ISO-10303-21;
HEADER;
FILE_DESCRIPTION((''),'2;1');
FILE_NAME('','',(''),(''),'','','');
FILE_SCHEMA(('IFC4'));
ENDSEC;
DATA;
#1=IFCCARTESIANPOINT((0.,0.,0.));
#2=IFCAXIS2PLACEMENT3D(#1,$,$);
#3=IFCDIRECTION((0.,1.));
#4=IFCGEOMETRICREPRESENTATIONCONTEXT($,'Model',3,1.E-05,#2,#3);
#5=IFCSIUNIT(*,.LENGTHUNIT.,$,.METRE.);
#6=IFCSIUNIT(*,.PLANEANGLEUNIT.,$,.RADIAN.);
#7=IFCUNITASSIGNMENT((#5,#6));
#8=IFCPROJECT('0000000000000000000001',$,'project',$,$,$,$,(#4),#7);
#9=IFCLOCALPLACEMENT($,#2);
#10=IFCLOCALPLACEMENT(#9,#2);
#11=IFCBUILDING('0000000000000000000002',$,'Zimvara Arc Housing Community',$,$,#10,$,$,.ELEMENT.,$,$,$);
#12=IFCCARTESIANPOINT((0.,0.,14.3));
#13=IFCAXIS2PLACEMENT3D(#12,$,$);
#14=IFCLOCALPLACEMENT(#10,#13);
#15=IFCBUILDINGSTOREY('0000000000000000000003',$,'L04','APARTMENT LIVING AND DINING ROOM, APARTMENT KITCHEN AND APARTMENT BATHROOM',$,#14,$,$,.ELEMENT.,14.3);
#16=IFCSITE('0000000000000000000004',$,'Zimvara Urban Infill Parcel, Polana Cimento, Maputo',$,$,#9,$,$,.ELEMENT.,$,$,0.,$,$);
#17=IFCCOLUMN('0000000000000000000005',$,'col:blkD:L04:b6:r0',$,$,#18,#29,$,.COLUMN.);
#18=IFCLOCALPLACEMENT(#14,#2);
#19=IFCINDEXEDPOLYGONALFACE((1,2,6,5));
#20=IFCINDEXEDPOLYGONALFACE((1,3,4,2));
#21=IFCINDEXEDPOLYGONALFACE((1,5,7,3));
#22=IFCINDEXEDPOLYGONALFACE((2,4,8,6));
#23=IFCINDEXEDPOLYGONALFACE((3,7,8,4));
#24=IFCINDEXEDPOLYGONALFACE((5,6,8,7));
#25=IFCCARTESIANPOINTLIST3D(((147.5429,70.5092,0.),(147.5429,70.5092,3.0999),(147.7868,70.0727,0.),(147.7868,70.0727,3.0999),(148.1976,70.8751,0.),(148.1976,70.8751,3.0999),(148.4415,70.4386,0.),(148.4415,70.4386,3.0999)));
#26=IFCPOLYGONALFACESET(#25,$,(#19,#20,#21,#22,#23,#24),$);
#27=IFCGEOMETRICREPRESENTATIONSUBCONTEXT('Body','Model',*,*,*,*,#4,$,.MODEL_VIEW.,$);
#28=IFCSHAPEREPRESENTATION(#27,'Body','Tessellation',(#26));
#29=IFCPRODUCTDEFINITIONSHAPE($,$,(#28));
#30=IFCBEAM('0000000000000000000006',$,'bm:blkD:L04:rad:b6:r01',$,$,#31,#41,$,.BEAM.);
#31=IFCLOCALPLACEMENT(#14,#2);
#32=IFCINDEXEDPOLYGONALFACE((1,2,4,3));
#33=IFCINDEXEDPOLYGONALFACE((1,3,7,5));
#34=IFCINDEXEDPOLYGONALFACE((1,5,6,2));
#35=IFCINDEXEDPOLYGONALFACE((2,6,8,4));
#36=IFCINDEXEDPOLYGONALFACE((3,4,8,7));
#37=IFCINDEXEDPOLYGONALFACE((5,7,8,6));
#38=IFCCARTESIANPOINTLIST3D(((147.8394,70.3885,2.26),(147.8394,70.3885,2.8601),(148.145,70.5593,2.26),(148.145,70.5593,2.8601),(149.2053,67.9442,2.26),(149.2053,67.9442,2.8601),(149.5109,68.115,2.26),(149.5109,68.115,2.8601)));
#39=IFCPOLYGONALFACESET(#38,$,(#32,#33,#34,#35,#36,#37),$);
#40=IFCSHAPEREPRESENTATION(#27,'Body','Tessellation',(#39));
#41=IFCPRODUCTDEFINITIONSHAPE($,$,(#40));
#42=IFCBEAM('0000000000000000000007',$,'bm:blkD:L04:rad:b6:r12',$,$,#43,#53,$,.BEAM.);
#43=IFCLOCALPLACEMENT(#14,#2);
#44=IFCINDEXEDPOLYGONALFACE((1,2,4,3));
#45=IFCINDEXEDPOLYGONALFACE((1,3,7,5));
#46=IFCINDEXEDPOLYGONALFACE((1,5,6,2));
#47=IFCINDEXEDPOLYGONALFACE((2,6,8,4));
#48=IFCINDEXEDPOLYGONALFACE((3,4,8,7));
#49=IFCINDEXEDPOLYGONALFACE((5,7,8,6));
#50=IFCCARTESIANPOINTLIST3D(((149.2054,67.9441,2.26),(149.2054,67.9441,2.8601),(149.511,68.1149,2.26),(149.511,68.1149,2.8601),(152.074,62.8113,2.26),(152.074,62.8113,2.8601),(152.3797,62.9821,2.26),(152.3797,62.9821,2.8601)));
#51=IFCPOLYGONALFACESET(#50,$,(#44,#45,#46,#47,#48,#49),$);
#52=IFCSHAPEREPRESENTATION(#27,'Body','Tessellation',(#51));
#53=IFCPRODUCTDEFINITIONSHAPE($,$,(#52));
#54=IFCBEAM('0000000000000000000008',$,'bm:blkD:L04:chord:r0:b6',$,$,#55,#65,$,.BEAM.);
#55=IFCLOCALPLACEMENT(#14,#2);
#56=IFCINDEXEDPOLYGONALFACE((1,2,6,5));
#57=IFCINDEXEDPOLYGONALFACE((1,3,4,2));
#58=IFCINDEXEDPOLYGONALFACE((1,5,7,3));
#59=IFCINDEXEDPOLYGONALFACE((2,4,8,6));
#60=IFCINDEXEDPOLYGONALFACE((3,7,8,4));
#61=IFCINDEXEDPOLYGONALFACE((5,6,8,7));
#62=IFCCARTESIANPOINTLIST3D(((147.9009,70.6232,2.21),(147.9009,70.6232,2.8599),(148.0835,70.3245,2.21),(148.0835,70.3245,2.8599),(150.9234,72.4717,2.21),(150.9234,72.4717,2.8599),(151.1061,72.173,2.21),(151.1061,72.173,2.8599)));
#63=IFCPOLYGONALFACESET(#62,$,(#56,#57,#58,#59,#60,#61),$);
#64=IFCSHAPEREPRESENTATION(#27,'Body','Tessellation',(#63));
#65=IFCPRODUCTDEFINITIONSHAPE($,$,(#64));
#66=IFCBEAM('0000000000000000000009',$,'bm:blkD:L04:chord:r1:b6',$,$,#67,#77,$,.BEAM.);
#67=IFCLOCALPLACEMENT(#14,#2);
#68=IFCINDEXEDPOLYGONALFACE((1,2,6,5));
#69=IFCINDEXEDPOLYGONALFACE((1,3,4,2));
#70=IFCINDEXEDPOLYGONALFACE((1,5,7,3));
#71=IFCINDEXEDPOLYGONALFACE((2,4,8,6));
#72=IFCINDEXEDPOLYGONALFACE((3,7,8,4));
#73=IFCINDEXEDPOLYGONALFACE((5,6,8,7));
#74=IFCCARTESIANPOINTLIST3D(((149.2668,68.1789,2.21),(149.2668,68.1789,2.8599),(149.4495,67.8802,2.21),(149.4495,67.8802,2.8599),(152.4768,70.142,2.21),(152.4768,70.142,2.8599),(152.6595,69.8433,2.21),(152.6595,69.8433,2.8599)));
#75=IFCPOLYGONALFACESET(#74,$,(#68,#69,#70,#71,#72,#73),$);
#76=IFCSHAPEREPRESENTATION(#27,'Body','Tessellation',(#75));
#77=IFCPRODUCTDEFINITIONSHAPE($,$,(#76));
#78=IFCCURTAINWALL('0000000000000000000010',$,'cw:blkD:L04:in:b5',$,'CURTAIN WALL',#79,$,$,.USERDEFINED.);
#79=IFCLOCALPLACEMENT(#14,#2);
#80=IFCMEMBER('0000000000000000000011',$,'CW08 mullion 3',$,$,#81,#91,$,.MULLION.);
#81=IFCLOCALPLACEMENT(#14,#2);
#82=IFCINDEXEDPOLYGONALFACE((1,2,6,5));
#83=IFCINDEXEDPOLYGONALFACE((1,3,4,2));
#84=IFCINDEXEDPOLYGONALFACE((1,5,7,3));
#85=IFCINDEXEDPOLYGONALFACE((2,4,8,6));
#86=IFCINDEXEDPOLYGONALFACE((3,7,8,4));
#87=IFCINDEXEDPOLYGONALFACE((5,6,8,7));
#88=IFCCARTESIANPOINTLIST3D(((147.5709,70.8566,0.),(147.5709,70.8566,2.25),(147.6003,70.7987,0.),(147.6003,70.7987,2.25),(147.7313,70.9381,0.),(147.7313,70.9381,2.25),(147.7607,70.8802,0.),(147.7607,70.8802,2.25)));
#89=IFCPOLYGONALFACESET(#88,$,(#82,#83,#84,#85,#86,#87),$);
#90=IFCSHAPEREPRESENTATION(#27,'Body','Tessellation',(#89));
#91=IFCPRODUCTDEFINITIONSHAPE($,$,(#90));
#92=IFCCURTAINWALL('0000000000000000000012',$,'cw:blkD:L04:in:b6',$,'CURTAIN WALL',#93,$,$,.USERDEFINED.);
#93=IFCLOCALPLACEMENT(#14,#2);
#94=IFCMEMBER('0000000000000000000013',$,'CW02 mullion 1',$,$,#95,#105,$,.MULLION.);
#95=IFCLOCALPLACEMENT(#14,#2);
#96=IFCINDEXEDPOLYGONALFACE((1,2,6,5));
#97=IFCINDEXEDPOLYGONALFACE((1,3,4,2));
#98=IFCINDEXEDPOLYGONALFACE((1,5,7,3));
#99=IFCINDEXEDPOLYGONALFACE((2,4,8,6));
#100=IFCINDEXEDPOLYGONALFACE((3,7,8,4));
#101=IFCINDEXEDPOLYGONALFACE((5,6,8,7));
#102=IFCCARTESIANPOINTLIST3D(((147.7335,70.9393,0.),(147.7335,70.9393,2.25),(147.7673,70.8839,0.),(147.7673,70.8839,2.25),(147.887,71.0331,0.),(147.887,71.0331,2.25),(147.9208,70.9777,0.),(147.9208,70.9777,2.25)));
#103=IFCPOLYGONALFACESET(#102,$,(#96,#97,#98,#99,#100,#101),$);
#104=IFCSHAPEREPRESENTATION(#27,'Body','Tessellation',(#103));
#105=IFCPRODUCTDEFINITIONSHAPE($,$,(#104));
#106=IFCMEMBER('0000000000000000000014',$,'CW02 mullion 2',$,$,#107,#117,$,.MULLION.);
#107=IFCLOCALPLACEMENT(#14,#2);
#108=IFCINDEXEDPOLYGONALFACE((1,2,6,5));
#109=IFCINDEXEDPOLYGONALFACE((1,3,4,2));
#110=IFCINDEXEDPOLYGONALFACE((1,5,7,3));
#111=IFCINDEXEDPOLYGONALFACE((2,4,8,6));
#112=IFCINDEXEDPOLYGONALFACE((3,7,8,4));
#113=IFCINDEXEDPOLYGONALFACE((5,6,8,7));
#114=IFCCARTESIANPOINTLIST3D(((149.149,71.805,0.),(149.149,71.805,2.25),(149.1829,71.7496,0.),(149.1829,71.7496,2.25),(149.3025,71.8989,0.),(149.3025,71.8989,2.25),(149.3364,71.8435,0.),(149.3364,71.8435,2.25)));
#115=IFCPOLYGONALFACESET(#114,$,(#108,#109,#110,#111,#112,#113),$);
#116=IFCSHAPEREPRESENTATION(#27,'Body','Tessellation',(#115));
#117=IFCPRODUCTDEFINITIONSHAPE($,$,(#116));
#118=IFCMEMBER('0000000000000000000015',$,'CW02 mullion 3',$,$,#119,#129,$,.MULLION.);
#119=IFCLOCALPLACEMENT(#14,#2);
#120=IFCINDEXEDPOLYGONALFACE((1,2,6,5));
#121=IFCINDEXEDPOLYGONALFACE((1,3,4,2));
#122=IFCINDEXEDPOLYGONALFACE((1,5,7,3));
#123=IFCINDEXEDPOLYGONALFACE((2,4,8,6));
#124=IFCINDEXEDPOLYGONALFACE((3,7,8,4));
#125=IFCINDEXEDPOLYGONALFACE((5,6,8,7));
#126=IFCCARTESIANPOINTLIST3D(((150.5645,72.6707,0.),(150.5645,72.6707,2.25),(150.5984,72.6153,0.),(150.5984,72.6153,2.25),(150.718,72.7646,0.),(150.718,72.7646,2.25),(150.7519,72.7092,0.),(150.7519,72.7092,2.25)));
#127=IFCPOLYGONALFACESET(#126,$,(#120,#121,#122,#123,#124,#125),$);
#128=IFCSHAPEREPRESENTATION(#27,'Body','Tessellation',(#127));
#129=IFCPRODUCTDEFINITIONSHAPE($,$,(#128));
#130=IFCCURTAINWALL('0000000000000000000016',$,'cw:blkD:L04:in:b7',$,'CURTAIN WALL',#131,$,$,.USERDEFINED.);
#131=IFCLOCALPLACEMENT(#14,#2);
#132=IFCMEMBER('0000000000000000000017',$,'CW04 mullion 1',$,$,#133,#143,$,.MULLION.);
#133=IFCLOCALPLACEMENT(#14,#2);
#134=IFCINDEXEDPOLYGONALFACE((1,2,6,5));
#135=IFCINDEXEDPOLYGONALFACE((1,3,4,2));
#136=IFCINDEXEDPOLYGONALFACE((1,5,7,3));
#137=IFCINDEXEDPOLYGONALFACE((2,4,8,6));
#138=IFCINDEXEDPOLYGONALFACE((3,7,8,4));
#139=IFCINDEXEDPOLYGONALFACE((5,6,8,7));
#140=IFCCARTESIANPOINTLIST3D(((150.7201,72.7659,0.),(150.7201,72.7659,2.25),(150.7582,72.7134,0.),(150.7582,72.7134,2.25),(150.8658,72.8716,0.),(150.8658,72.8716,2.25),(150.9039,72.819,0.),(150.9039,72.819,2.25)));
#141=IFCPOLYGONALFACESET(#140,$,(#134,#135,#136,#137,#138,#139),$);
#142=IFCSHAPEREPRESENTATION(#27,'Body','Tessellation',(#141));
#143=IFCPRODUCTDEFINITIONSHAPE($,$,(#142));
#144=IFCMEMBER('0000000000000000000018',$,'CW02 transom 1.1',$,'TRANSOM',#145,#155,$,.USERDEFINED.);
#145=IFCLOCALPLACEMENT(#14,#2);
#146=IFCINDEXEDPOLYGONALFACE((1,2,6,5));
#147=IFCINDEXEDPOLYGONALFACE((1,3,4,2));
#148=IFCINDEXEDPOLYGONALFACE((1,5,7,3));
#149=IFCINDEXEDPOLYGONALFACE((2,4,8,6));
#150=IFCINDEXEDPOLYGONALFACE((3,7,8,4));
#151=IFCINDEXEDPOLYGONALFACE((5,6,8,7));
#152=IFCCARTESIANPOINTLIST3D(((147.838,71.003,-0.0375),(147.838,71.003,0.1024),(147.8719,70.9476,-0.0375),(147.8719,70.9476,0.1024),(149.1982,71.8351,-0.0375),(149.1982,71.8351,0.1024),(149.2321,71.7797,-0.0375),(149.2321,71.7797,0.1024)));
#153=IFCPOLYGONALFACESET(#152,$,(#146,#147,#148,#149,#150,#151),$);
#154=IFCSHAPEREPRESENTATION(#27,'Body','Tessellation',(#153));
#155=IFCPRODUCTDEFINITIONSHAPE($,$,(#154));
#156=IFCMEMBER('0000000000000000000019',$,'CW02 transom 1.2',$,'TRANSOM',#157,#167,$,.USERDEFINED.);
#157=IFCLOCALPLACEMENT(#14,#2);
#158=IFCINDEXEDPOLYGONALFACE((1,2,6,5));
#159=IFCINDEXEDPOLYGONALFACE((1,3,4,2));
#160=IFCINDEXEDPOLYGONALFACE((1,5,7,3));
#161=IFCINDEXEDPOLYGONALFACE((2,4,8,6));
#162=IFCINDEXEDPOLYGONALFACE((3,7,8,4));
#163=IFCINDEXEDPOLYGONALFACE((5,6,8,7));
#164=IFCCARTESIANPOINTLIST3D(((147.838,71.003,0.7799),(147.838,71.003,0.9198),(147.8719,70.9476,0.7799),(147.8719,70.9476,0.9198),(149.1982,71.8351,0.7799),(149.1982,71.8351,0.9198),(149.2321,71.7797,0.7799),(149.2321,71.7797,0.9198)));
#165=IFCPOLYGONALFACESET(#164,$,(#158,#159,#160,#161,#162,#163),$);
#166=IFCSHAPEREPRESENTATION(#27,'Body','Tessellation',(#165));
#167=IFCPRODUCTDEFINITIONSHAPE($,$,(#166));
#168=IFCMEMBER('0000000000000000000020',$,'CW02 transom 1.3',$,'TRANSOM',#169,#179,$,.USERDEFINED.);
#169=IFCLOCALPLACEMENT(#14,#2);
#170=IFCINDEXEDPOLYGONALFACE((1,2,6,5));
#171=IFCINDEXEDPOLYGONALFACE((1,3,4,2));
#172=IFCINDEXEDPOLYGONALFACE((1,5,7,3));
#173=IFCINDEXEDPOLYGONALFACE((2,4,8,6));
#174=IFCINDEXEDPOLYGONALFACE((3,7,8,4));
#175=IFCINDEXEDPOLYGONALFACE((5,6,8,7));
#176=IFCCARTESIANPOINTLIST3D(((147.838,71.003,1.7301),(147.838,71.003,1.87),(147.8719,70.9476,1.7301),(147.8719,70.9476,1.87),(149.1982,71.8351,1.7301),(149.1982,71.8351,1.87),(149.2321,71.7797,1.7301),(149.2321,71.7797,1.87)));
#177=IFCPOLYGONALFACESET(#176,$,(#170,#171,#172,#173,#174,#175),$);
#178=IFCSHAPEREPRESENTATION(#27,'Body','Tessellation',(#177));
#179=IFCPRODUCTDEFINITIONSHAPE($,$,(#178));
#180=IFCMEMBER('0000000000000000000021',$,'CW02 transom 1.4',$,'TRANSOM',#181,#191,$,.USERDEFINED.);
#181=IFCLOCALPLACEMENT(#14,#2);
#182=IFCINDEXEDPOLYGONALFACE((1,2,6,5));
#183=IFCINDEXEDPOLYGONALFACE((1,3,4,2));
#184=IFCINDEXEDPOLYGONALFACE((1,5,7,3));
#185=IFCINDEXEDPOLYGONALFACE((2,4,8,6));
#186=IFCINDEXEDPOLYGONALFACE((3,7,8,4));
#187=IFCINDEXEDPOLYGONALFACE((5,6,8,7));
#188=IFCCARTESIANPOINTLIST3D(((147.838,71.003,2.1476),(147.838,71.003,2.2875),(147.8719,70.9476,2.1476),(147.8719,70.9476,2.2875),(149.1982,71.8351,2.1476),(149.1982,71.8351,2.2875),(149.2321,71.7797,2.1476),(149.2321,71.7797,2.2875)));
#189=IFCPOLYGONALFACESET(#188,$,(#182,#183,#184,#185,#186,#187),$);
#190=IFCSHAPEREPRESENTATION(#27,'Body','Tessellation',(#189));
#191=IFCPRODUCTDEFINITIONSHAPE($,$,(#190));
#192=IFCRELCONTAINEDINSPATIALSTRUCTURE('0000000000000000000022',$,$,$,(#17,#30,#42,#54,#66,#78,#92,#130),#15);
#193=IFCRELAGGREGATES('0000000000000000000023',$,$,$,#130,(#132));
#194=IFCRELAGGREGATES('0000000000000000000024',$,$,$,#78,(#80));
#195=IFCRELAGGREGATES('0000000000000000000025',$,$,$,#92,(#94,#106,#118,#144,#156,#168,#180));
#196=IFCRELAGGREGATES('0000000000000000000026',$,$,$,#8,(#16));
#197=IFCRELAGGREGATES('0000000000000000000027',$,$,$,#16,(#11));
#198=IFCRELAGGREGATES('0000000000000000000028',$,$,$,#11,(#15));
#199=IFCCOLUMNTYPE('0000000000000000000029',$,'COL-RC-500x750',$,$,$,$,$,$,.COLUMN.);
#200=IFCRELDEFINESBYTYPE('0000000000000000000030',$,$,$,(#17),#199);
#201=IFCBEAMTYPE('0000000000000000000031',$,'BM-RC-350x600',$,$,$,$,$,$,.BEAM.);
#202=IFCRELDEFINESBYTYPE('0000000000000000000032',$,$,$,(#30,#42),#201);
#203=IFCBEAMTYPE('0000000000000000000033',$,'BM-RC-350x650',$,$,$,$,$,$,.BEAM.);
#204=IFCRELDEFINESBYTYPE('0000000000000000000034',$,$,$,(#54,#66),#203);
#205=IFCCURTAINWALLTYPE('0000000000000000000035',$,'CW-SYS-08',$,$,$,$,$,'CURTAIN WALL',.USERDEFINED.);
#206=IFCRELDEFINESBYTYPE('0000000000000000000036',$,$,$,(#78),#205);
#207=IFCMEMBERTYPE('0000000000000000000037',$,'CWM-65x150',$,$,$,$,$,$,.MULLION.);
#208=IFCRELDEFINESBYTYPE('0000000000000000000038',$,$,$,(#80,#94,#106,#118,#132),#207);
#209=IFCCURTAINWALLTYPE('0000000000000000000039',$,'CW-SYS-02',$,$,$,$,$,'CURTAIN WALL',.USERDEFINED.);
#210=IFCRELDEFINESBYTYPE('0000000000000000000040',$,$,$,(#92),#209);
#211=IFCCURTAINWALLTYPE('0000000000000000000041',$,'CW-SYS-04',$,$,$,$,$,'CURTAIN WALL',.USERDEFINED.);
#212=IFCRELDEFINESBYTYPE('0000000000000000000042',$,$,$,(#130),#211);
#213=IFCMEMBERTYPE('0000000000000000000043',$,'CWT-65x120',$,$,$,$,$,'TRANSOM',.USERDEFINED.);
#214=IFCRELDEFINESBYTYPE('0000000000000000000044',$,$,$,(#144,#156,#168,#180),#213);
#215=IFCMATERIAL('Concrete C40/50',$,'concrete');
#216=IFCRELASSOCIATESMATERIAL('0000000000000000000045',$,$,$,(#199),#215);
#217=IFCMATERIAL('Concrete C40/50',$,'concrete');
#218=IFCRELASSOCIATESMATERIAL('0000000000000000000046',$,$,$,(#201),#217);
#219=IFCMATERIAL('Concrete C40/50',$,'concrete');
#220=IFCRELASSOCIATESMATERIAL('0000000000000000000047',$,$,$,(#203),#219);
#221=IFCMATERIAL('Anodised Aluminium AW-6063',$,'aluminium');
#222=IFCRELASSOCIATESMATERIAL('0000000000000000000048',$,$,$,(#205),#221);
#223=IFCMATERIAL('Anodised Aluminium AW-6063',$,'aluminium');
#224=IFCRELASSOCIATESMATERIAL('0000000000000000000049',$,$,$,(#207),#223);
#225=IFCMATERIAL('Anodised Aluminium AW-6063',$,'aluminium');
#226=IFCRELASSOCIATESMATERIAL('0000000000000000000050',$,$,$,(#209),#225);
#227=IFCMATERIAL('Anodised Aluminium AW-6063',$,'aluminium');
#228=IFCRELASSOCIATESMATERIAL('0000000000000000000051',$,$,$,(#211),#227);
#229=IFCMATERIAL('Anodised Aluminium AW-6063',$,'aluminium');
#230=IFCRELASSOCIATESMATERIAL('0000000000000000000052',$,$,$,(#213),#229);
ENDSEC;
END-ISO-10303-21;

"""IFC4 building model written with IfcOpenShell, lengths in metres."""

from ifc_helpers import new_model, si_unit, direction, frame, origin, origin_2d, place, context, subcontext, project, spatial, rectangle, extrude, material, material_profile, profile_set, type_object, element, aggregate, save


model = new_model("IFC4")

# Units and contexts
model_context = context("Model", 3, precision=1e-05, world=origin(), true_north=direction((0.0, 1.0)))
body_context = subcontext(model_context, "Body", "Model", "MODEL_VIEW")
ifc_project = project(units=[si_unit("LENGTHUNIT", "METRE"), si_unit("PLANEANGLEUNIT", "RADIAN")], contexts=[model_context])

# Site, building, storey
site_placement = place(None, origin())
site = spatial("IfcSite", under=ifc_project, at=site_placement, Name="Zimvara Urban Infill Parcel, Polana Cimento, Maputo", CompositionType="ELEMENT", RefElevation=0.0)
building_placement = place(site_placement, origin())
building = spatial("IfcBuilding", under=site, at=building_placement, Name="Zimvara Arc Housing Community", CompositionType="ELEMENT")
storey_placement = place(building_placement, frame((0.0, 0.0, 14.3)))
storey = spatial("IfcBuildingStorey", under=building, at=storey_placement, Name="L04", Description="APARTMENT LIVING AND DINING ROOM, APARTMENT KITCHEN AND APARTMENT BATHROOM", CompositionType="ELEMENT", Elevation=14.3)

# Column
ifc_material_1 = material(Name="Concrete C40/50", Category="concrete")
ifc_material_profile_1 = material_profile(ifc_material_1, rectangle(XDim=0.5, YDim=0.75, at=origin_2d()), Name="RC 500x750")
ifc_profile_set_1 = profile_set([ifc_material_profile_1], Name="Concrete C40/50")
column_type = type_object("IfcColumnType", Name="COL-RC-500x750", PredefinedType="COLUMN", material=ifc_profile_set_1)
column_placement = place(storey_placement, frame((147.9922, 70.4739, 0.0), z_axis=(0.0, 0.0, 1.0), x_axis=(0.48786, -0.872922, 0.0)))
element("IfcColumn", 1, at=column_placement, inside=storey, type_object=column_type, Name="col:blkD:L04:b6:r0", PredefinedType="COLUMN", context=body_context, shape_type="SweptSolid", body=[
    extrude(rectangle(XDim=0.5, YDim=0.75, at=origin_2d()), origin(), (0.0, 0.0, 1.0), 3.0999),
])

# Beams
ifc_material_2 = material(Name="Concrete C40/50", Category="concrete")
ifc_material_profile_2 = material_profile(ifc_material_2, rectangle(XDim=0.3501, YDim=0.6001, at=origin_2d()), Name="RC 350x600")
ifc_profile_set_2 = profile_set([ifc_material_profile_2], Name="Concrete C40/50")
beam_type_1 = type_object("IfcBeamType", Name="BM-RC-350x600", PredefinedType="BEAM", material=ifc_profile_set_2)
beam_1_placement = place(storey_placement, frame((147.9922, 70.4739, 2.5601), z_axis=(0.487825, -0.872941, 0.0), x_axis=(0.872941, 0.487825, 0.0)))
element("IfcBeam", 2, at=beam_1_placement, inside=storey, type_object=beam_type_1, Name="bm:blkD:L04:rad:b6:r01", PredefinedType="BEAM", context=body_context, shape_type="SweptSolid", body=[
    extrude(rectangle(XDim=0.3501, YDim=0.6001, at=origin_2d()), origin(), (0.0, 0.0, 1.0), 2.8),
])
beam_2_placement = place(storey_placement, frame((149.3582, 68.0295, 2.5601), z_axis=(0.487862, -0.872921, 0.0), x_axis=(0.872921, 0.487862, 0.0)))
element("IfcBeam", 3, at=beam_2_placement, inside=storey, type_object=beam_type_1, Name="bm:blkD:L04:rad:b6:r12", PredefinedType="BEAM", context=body_context, shape_type="SweptSolid", body=[
    extrude(rectangle(XDim=0.3501, YDim=0.6001, at=origin_2d()), origin(), (0.0, 0.0, 1.0), 5.8801),
])
ifc_material_3 = material(Name="Concrete C40/50", Category="concrete")
ifc_material_profile_3 = material_profile(ifc_material_3, rectangle(XDim=0.3501, YDim=0.6499, at=origin_2d()), Name="RC 350x650")
ifc_profile_set_3 = profile_set([ifc_material_profile_3], Name="Concrete C40/50")
beam_type_2 = type_object("IfcBeamType", Name="BM-RC-350x650", PredefinedType="BEAM", material=ifc_profile_set_3)
beam_3_placement = place(storey_placement, frame((147.9922, 70.4739, 2.5349), z_axis=(0.853115, 0.521723, 0.0), x_axis=(-0.521723, 0.853115, 0.0)))
element("IfcBeam", 4, at=beam_3_placement, inside=storey, type_object=beam_type_2, Name="bm:blkD:L04:chord:r0:b6", PredefinedType="BEAM", context=body_context, shape_type="SweptSolid", body=[
    extrude(rectangle(XDim=0.3501, YDim=0.6499, at=origin_2d()), origin(), (0.0, 0.0, 1.0), 3.543),
])
beam_4_placement = place(storey_placement, frame((149.3582, 68.0295, 2.5349), z_axis=(0.853105, 0.521739, 0.0), x_axis=(-0.521739, 0.853105, 0.0)))
element("IfcBeam", 5, at=beam_4_placement, inside=storey, type_object=beam_type_2, Name="bm:blkD:L04:chord:r1:b6", PredefinedType="BEAM", context=body_context, shape_type="SweptSolid", body=[
    extrude(rectangle(XDim=0.3501, YDim=0.6499, at=origin_2d()), origin(), (0.0, 0.0, 1.0), 3.7627),
])

# Curtain wall, member
ifc_material_4 = material(Name="Anodised Aluminium AW-6063", Category="aluminium")
curtain_wall_type_1 = type_object("IfcCurtainWallType", Name="CW-SYS-08", ElementType="CURTAIN WALL", PredefinedType="USERDEFINED", material=ifc_material_4)
curtain_wall_1_placement = place(storey_placement, origin())
curtain_wall_1 = element("IfcCurtainWall", 6, at=curtain_wall_1_placement, inside=storey, type_object=curtain_wall_type_1, Name="cw:blkD:L04:in:b5", ObjectType="CURTAIN WALL", PredefinedType="USERDEFINED")
ifc_material_5 = material(Name="Anodised Aluminium AW-6063", Category="aluminium")
ifc_material_profile_4 = material_profile(ifc_material_5, rectangle(XDim=0.0649, YDim=0.1799, at=origin_2d()), Name="ALU 65x180")
ifc_profile_set_4 = profile_set([ifc_material_profile_4], Name="Anodised Aluminium AW-6063")
member_type_1 = type_object("IfcMemberType", Name="CWM-65x150", PredefinedType="MULLION", material=ifc_profile_set_4)
member_1_placement = place(storey_placement, frame((147.6658, 70.8684, 0.0), z_axis=(0.0, 0.0, 1.0), x_axis=(-0.453211, 0.891403, 0.0)))
member_1 = element("IfcMember", 7, at=member_1_placement, type_object=member_type_1, Name="CW08 mullion 3", PredefinedType="MULLION", context=body_context, shape_type="SweptSolid", body=[
    extrude(rectangle(XDim=0.0649, YDim=0.1799, at=origin_2d()), origin(), (0.0, 0.0, 1.0), 2.25),
])

# Curtain wall, members
ifc_material_6 = material(Name="Anodised Aluminium AW-6063", Category="aluminium")
curtain_wall_type_2 = type_object("IfcCurtainWallType", Name="CW-SYS-02", ElementType="CURTAIN WALL", PredefinedType="USERDEFINED", material=ifc_material_6)
curtain_wall_2_placement = place(storey_placement, origin())
curtain_wall_2 = element("IfcCurtainWall", 8, at=curtain_wall_2_placement, inside=storey, type_object=curtain_wall_type_2, Name="cw:blkD:L04:in:b6", ObjectType="CURTAIN WALL", PredefinedType="USERDEFINED")
member_2_placement = place(storey_placement, frame((147.8271, 70.9585, 0.0), z_axis=(0.0, 0.0, 1.0), x_axis=(-0.521754, 0.853096, 0.0)))
member_2 = element("IfcMember", 9, at=member_2_placement, type_object=member_type_1, Name="CW02 mullion 1", PredefinedType="MULLION", context=body_context, shape_type="SweptSolid", body=[
    extrude(rectangle(XDim=0.0649, YDim=0.1799, at=origin_2d()), origin(), (0.0, 0.0, 1.0), 2.25),
])
member_3_placement = place(storey_placement, frame((149.2427, 71.8242, 0.0), z_axis=(0.0, 0.0, 1.0), x_axis=(-0.521754, 0.853096, 0.0)))
member_3 = element("IfcMember", 10, at=member_3_placement, type_object=member_type_1, Name="CW02 mullion 2", PredefinedType="MULLION", context=body_context, shape_type="SweptSolid", body=[
    extrude(rectangle(XDim=0.0649, YDim=0.1799, at=origin_2d()), origin(), (0.0, 0.0, 1.0), 2.25),
])
member_4_placement = place(storey_placement, frame((150.6582, 72.6899, 0.0), z_axis=(0.0, 0.0, 1.0), x_axis=(-0.521754, 0.853096, 0.0)))
member_4 = element("IfcMember", 11, at=member_4_placement, type_object=member_type_1, Name="CW02 mullion 3", PredefinedType="MULLION", context=body_context, shape_type="SweptSolid", body=[
    extrude(rectangle(XDim=0.0649, YDim=0.1799, at=origin_2d()), origin(), (0.0, 0.0, 1.0), 2.25),
])

# Curtain wall, member
ifc_material_7 = material(Name="Anodised Aluminium AW-6063", Category="aluminium")
curtain_wall_type_3 = type_object("IfcCurtainWallType", Name="CW-SYS-04", ElementType="CURTAIN WALL", PredefinedType="USERDEFINED", material=ifc_material_7)
curtain_wall_3_placement = place(storey_placement, origin())
curtain_wall_3 = element("IfcCurtainWall", 12, at=curtain_wall_3_placement, inside=storey, type_object=curtain_wall_type_3, Name="cw:blkD:L04:in:b7", ObjectType="CURTAIN WALL", PredefinedType="USERDEFINED")
member_5_placement = place(storey_placement, frame((150.812, 72.7925, 0.0), z_axis=(0.0, 0.0, 1.0), x_axis=(-0.587079, 0.809529, 0.0)))
member_5 = element("IfcMember", 13, at=member_5_placement, type_object=member_type_1, Name="CW04 mullion 1", PredefinedType="MULLION", context=body_context, shape_type="SweptSolid", body=[
    extrude(rectangle(XDim=0.0649, YDim=0.1799, at=origin_2d()), origin(), (0.0, 0.0, 1.0), 2.25),
])

# Members
ifc_material_8 = material(Name="Anodised Aluminium AW-6063", Category="aluminium")
ifc_material_profile_5 = material_profile(ifc_material_8, rectangle(XDim=0.0649, YDim=0.1399, at=origin_2d()), Name="ALU 65x140")
ifc_profile_set_5 = profile_set([ifc_material_profile_5], Name="Anodised Aluminium AW-6063")
member_type_2 = type_object("IfcMemberType", Name="CWT-65x120", ElementType="TRANSOM", PredefinedType="USERDEFINED", material=ifc_profile_set_5)
member_6_placement = place(storey_placement, frame((147.855, 70.9753, 0.0325), z_axis=(0.853043, 0.52184, 0.0), x_axis=(-0.52184, 0.853043, 0.0)))
member_6 = element("IfcMember", 14, at=member_6_placement, type_object=member_type_2, Name="CW02 transom 1.1", ObjectType="TRANSOM", PredefinedType="USERDEFINED", context=body_context, shape_type="SweptSolid", body=[
    extrude(rectangle(XDim=0.0649, YDim=0.1399, at=origin_2d()), origin(), (0.0, 0.0, 1.0), 1.5945),
])
member_7_placement = place(storey_placement, frame((147.855, 70.9753, 0.8499), z_axis=(0.853043, 0.52184, 0.0), x_axis=(-0.52184, 0.853043, 0.0)))
member_7 = element("IfcMember", 15, at=member_7_placement, type_object=member_type_2, Name="CW02 transom 1.2", ObjectType="TRANSOM", PredefinedType="USERDEFINED", context=body_context, shape_type="SweptSolid", body=[
    extrude(rectangle(XDim=0.0649, YDim=0.1399, at=origin_2d()), origin(), (0.0, 0.0, 1.0), 1.5945),
])
member_8_placement = place(storey_placement, frame((147.855, 70.9753, 1.8), z_axis=(0.853043, 0.52184, 0.0), x_axis=(-0.52184, 0.853043, 0.0)))
member_8 = element("IfcMember", 16, at=member_8_placement, type_object=member_type_2, Name="CW02 transom 1.3", ObjectType="TRANSOM", PredefinedType="USERDEFINED", context=body_context, shape_type="SweptSolid", body=[
    extrude(rectangle(XDim=0.0649, YDim=0.1399, at=origin_2d()), origin(), (0.0, 0.0, 1.0), 1.5945),
])
member_9_placement = place(storey_placement, frame((147.855, 70.9753, 2.2175), z_axis=(0.853043, 0.52184, 0.0), x_axis=(-0.52184, 0.853043, 0.0)))
member_9 = element("IfcMember", 17, at=member_9_placement, type_object=member_type_2, Name="CW02 transom 1.4", ObjectType="TRANSOM", PredefinedType="USERDEFINED", context=body_context, shape_type="SweptSolid", body=[
    extrude(rectangle(XDim=0.0649, YDim=0.1399, at=origin_2d()), origin(), (0.0, 0.0, 1.0), 1.5945),
])
aggregate(curtain_wall_3, [member_5])

aggregate(curtain_wall_1, [member_1])
aggregate(curtain_wall_2, [member_2, member_3, member_4, member_6, member_7, member_8, member_9])

save(model, "model.ifc")
